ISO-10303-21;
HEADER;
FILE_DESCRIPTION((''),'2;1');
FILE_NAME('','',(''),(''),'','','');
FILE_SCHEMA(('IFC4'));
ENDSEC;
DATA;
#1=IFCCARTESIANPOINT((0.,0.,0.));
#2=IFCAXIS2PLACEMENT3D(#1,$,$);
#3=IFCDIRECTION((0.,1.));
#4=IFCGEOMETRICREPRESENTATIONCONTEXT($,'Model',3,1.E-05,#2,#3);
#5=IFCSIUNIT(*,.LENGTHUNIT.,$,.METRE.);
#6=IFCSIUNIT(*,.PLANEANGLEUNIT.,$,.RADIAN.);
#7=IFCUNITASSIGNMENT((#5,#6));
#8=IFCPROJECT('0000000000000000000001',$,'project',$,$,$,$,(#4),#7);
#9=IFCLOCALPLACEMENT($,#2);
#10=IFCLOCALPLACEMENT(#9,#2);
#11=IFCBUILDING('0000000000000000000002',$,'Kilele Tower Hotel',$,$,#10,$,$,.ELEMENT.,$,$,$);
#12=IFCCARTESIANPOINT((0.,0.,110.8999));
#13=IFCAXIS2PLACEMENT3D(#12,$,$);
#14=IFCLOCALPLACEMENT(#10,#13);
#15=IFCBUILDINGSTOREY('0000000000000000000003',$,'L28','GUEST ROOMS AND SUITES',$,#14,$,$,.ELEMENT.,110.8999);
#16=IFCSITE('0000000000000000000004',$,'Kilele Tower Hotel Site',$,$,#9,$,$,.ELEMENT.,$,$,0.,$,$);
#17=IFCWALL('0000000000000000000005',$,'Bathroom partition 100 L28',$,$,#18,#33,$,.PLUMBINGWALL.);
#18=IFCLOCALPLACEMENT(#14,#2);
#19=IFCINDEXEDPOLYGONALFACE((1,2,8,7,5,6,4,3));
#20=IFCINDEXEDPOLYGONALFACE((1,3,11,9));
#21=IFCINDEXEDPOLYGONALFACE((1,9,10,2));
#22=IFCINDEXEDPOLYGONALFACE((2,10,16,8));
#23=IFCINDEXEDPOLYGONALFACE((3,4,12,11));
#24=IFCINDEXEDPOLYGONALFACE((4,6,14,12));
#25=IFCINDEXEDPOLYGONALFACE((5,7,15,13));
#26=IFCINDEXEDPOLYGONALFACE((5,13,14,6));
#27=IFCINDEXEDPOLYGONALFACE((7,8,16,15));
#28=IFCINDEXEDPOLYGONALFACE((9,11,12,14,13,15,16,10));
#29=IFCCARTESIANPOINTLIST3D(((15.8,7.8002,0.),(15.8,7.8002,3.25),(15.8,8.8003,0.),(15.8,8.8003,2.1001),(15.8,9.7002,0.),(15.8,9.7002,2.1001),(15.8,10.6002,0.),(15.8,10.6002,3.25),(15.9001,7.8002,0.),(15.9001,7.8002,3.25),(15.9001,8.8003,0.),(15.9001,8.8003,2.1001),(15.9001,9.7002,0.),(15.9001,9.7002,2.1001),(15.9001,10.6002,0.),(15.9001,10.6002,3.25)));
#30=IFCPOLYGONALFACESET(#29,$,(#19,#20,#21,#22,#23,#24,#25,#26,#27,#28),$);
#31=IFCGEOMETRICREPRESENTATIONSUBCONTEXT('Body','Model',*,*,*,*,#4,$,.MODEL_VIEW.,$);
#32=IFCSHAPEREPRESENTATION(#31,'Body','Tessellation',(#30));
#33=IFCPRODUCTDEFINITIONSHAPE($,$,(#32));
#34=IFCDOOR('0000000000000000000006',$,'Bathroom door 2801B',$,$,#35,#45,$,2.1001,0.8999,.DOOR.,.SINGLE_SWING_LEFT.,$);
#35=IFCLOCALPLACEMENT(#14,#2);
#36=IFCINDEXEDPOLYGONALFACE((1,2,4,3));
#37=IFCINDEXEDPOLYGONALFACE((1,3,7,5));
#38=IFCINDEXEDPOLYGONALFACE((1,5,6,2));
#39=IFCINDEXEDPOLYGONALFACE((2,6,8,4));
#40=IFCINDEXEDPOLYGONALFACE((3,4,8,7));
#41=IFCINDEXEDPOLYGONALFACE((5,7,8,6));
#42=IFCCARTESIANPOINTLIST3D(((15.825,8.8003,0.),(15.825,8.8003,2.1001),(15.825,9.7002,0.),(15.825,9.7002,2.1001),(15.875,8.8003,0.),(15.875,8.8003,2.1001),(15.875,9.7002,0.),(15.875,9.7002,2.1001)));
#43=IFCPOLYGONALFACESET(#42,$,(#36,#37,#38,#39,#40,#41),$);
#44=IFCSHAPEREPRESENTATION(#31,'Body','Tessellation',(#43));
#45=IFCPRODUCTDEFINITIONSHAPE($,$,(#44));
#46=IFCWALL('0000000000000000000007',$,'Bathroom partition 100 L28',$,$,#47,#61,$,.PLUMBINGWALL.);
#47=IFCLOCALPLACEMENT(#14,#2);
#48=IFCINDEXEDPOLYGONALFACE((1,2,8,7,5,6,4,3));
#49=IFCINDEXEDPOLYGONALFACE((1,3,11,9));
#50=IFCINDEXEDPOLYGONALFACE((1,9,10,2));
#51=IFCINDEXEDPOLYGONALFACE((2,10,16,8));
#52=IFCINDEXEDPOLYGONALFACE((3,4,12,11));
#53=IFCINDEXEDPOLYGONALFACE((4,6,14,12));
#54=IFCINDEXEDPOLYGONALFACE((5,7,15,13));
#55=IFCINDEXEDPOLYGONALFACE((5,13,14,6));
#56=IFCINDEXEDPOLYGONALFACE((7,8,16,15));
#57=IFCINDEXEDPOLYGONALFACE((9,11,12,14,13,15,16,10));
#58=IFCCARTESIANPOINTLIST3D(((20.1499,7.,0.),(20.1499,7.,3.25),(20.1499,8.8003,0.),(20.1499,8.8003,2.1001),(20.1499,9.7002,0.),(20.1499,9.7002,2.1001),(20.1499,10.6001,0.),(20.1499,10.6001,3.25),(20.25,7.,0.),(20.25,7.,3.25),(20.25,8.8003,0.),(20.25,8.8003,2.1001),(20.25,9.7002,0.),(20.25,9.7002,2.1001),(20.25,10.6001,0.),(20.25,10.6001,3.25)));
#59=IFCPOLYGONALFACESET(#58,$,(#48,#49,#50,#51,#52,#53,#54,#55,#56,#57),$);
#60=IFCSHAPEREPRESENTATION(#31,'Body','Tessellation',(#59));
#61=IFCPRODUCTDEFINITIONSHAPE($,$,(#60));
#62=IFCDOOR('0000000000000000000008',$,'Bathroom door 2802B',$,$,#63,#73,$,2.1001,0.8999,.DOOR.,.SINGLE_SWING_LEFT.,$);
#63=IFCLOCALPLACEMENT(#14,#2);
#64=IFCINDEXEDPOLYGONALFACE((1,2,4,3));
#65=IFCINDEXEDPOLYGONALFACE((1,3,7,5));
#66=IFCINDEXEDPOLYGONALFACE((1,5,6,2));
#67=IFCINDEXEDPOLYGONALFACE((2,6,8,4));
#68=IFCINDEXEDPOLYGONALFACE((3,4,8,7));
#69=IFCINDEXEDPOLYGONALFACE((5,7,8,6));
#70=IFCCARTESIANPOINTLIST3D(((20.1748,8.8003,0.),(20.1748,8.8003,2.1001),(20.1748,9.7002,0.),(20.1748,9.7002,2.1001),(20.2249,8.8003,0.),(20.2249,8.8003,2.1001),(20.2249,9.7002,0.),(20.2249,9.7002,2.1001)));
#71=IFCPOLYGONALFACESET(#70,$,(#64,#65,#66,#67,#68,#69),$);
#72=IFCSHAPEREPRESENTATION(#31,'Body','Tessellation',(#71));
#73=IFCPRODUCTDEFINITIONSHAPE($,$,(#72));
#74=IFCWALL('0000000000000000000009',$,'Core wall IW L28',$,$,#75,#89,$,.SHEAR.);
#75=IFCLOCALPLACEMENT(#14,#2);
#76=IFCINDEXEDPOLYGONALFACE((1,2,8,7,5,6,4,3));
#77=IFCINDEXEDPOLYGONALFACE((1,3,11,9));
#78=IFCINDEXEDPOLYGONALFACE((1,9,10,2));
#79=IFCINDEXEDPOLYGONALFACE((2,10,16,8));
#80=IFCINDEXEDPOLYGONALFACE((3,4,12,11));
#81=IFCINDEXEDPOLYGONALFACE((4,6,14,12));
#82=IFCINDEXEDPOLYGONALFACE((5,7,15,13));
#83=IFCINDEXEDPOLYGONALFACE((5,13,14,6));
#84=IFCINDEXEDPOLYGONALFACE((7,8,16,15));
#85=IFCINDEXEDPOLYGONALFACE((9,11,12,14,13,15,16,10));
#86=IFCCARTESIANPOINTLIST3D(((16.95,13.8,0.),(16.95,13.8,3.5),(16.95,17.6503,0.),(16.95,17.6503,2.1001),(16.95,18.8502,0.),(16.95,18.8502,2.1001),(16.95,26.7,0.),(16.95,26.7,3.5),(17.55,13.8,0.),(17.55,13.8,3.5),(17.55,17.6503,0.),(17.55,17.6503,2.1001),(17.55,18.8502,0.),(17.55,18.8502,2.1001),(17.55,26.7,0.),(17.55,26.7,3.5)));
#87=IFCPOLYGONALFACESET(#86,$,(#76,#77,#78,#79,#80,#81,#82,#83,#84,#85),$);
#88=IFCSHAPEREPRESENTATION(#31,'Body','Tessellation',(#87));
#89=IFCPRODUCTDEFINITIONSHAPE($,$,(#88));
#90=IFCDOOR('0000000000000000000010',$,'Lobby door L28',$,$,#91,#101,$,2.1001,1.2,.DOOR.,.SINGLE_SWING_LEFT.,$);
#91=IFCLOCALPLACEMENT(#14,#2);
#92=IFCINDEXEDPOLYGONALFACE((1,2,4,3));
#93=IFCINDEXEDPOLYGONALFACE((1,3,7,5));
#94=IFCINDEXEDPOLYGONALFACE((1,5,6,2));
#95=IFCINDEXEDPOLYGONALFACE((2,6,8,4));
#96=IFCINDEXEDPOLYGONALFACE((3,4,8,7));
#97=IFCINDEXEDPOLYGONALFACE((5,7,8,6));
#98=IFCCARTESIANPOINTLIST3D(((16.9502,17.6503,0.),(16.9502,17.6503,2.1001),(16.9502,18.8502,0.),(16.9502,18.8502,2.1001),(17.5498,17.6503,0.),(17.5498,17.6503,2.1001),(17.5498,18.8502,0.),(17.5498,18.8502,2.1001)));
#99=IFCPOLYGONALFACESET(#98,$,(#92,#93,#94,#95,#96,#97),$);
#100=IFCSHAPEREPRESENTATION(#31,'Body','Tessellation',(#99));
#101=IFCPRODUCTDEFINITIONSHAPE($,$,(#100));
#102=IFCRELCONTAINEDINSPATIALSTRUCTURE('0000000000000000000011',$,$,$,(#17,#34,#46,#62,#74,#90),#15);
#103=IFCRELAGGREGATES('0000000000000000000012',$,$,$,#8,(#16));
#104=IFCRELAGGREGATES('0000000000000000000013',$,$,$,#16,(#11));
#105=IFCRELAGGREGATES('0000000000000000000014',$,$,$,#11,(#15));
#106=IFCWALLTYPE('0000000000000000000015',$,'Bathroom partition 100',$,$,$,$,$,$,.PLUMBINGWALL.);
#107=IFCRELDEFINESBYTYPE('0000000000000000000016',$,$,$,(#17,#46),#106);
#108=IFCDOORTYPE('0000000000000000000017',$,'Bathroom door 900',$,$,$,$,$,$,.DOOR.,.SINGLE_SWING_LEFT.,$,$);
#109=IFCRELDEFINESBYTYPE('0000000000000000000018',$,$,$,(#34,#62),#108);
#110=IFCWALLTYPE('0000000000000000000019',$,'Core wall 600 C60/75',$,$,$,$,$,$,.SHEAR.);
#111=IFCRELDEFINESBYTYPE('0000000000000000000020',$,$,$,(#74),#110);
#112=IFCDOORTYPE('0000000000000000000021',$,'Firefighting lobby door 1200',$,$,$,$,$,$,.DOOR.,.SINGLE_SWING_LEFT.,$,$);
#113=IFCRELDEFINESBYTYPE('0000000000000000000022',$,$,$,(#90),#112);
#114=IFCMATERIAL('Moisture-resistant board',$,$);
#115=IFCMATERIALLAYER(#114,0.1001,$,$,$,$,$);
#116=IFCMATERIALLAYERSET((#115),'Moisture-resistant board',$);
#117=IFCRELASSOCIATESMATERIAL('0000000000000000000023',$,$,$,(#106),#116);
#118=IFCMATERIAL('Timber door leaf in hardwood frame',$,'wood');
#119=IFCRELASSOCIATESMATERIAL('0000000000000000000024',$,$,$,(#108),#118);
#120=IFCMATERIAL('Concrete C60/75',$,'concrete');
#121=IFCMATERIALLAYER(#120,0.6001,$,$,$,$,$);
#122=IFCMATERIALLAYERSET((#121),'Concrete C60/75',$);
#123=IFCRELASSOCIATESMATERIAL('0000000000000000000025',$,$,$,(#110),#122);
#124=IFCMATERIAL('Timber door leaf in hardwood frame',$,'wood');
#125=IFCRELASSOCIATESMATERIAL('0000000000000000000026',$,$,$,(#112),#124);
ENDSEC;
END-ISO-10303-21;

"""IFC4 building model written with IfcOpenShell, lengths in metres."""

from ifc_helpers import new_model, si_unit, direction, frame, frame_2d, origin, place, context, subcontext, project, spatial, rectangle, extrude, material, layer, layer_set, type_object, element, fill, save


model = new_model("IFC4")

# Units and contexts
model_context = context("Model", 3, precision=1e-05, world=origin(), true_north=direction((0.0, 1.0)))
body_context = subcontext(model_context, "Body", "Model", "MODEL_VIEW")
ifc_project = project(units=[si_unit("LENGTHUNIT", "METRE"), si_unit("PLANEANGLEUNIT", "RADIAN")], contexts=[model_context])

# Site, building, storey
site_placement = place(None, origin())
site = spatial("IfcSite", under=ifc_project, at=site_placement, Name="Kilele Tower Hotel Site", CompositionType="ELEMENT", RefElevation=0.0)
building_placement = place(site_placement, origin())
building = spatial("IfcBuilding", under=site, at=building_placement, Name="Kilele Tower Hotel", CompositionType="ELEMENT")
storey_placement = place(building_placement, frame((0.0, 0.0, 110.8999)))
storey = spatial("IfcBuildingStorey", under=building, at=storey_placement, Name="L28", Description="GUEST ROOMS AND SUITES", CompositionType="ELEMENT", Elevation=110.8999)

# Walls, openings, doors
ifc_material_1 = material(Name="Moisture-resistant board")
ifc_layer_1 = layer(ifc_material_1, 0.1001)
ifc_layer_set_1 = layer_set([ifc_layer_1], Name="Moisture-resistant board")
wall_type_1 = type_object("IfcWallType", Name="Bathroom partition 100", PredefinedType="PLUMBINGWALL", material=ifc_layer_set_1)
wall_1_placement = place(storey_placement, frame((15.8501, 10.6001, 0.0), z_axis=(0.0, 0.0, 1.0), x_axis=(0.0, -1.0, 0.0)))
wall_1 = element("IfcWall", 1, at=wall_1_placement, inside=storey, type_object=wall_type_1, Name="Bathroom partition 100 L28", PredefinedType="PLUMBINGWALL", context=body_context, shape_type="SweptSolid", body=[
    extrude(rectangle(XDim=2.8, YDim=0.1001, at=frame_2d((1.3999, 0.0))), origin(), (0.0, 0.0, 1.0), 3.25),
])
opening_1_placement = place(wall_1_placement, frame((0.8999, 0.0, 0.0)))
opening_1 = element("IfcOpeningElement", 2, at=opening_1_placement, cuts=wall_1, PredefinedType="OPENING", context=body_context, shape_type="SweptSolid", body=[
    extrude(rectangle(XDim=0.8999, YDim=2.1001, at=frame_2d((0.45, 1.05))), frame((0.0, 0.0601, 0.0), z_axis=(0.0, -1.0, 0.0), x_axis=(1.0, 0.0, 0.0)), (0.0, 0.0, 1.0), 0.1201),
])
ifc_material_2 = material(Name="Timber door leaf in hardwood frame", Category="wood")
door_type_1 = type_object("IfcDoorType", Name="Bathroom door 900", OperationType="SINGLE_SWING_LEFT", PredefinedType="DOOR", material=ifc_material_2)
door_1_placement = place(opening_1_placement, origin())
door_1 = element("IfcDoor", 3, at=door_1_placement, inside=storey, type_object=door_type_1, Name="Bathroom door 2801B", OperationType="SINGLE_SWING_LEFT", OverallHeight=2.1001, OverallWidth=0.8999, PredefinedType="DOOR", context=body_context, shape_type="SweptSolid", body=[
    extrude(rectangle(XDim=0.8999, YDim=2.1001, at=frame_2d((0.45, 1.05))), frame((0.0, 0.0249, 0.0), z_axis=(0.0, -1.0, 0.0), x_axis=(1.0, 0.0, 0.0)), (0.0, 0.0, 1.0), 0.05),
])
fill(opening_1, door_1)
wall_2_placement = place(storey_placement, frame((20.2, 10.6001, 0.0), z_axis=(0.0, 0.0, 1.0), x_axis=(0.0, -1.0, 0.0)))
wall_2 = element("IfcWall", 4, at=wall_2_placement, inside=storey, type_object=wall_type_1, Name="Bathroom partition 100 L28", PredefinedType="PLUMBINGWALL", context=body_context, shape_type="SweptSolid", body=[
    extrude(rectangle(XDim=3.6001, YDim=0.1001, at=frame_2d((1.8, 0.0))), origin(), (0.0, 0.0, 1.0), 3.25),
])
opening_2_placement = place(wall_2_placement, frame((0.8999, 0.0, 0.0)))
opening_2 = element("IfcOpeningElement", 5, at=opening_2_placement, cuts=wall_2, PredefinedType="OPENING", context=body_context, shape_type="SweptSolid", body=[
    extrude(rectangle(XDim=0.8999, YDim=2.1001, at=frame_2d((0.45, 1.05))), frame((0.0, 0.0601, 0.0), z_axis=(0.0, -1.0, 0.0), x_axis=(1.0, 0.0, 0.0)), (0.0, 0.0, 1.0), 0.1201),
])
door_2_placement = place(opening_2_placement, origin())
door_2 = element("IfcDoor", 6, at=door_2_placement, inside=storey, type_object=door_type_1, Name="Bathroom door 2802B", OperationType="SINGLE_SWING_LEFT", OverallHeight=2.1001, OverallWidth=0.8999, PredefinedType="DOOR", context=body_context, shape_type="SweptSolid", body=[
    extrude(rectangle(XDim=0.8999, YDim=2.1001, at=frame_2d((0.45, 1.05))), frame((0.0, 0.0249, 0.0), z_axis=(0.0, -1.0, 0.0), x_axis=(1.0, 0.0, 0.0)), (0.0, 0.0, 1.0), 0.05),
])
fill(opening_2, door_2)
ifc_material_3 = material(Name="Concrete C60/75", Category="concrete")
ifc_layer_2 = layer(ifc_material_3, 0.6001)
ifc_layer_set_2 = layer_set([ifc_layer_2], Name="Concrete C60/75")
wall_type_2 = type_object("IfcWallType", Name="Core wall 600 C60/75", PredefinedType="SHEAR", material=ifc_layer_set_2)
wall_3_placement = place(storey_placement, frame((17.25, 13.8, 0.0), z_axis=(0.0, 0.0, 1.0), x_axis=(0.0, 1.0, 0.0)))
wall_3 = element("IfcWall", 7, at=wall_3_placement, inside=storey, type_object=wall_type_2, Name="Core wall IW L28", PredefinedType="SHEAR", context=body_context, shape_type="SweptSolid", body=[
    extrude(rectangle(XDim=12.8999, YDim=0.6001, at=frame_2d((6.45, 0.0))), origin(), (0.0, 0.0, 1.0), 3.5),
])
opening_3_placement = place(wall_3_placement, frame((3.8501, 0.0, 0.0)))
opening_3 = element("IfcOpeningElement", 8, at=opening_3_placement, cuts=wall_3, PredefinedType="OPENING", context=body_context, shape_type="SweptSolid", body=[
    extrude(rectangle(XDim=1.2, YDim=2.1001, at=frame_2d((0.6001, 1.05))), frame((0.0, 0.3101, 0.0), z_axis=(0.0, -1.0, 0.0), x_axis=(1.0, 0.0, 0.0)), (0.0, 0.0, 1.0), 0.6201),
])
ifc_material_4 = material(Name="Timber door leaf in hardwood frame", Category="wood")
door_type_2 = type_object("IfcDoorType", Name="Firefighting lobby door 1200", OperationType="SINGLE_SWING_LEFT", PredefinedType="DOOR", material=ifc_material_4)
door_3_placement = place(opening_3_placement, origin())
door_3 = element("IfcDoor", 9, at=door_3_placement, inside=storey, type_object=door_type_2, Name="Lobby door L28", OperationType="SINGLE_SWING_LEFT", OverallHeight=2.1001, OverallWidth=1.2, PredefinedType="DOOR", context=body_context, shape_type="SweptSolid", body=[
    extrude(rectangle(XDim=1.2, YDim=2.1001, at=frame_2d((0.6001, 1.05))), frame((0.0, 0.2998, 0.0), z_axis=(0.0, -1.0, 0.0), x_axis=(1.0, 0.0, 0.0)), (0.0, 0.0, 1.0), 0.5996),
])
fill(opening_3, door_3)

save(model, "model.ifc")
